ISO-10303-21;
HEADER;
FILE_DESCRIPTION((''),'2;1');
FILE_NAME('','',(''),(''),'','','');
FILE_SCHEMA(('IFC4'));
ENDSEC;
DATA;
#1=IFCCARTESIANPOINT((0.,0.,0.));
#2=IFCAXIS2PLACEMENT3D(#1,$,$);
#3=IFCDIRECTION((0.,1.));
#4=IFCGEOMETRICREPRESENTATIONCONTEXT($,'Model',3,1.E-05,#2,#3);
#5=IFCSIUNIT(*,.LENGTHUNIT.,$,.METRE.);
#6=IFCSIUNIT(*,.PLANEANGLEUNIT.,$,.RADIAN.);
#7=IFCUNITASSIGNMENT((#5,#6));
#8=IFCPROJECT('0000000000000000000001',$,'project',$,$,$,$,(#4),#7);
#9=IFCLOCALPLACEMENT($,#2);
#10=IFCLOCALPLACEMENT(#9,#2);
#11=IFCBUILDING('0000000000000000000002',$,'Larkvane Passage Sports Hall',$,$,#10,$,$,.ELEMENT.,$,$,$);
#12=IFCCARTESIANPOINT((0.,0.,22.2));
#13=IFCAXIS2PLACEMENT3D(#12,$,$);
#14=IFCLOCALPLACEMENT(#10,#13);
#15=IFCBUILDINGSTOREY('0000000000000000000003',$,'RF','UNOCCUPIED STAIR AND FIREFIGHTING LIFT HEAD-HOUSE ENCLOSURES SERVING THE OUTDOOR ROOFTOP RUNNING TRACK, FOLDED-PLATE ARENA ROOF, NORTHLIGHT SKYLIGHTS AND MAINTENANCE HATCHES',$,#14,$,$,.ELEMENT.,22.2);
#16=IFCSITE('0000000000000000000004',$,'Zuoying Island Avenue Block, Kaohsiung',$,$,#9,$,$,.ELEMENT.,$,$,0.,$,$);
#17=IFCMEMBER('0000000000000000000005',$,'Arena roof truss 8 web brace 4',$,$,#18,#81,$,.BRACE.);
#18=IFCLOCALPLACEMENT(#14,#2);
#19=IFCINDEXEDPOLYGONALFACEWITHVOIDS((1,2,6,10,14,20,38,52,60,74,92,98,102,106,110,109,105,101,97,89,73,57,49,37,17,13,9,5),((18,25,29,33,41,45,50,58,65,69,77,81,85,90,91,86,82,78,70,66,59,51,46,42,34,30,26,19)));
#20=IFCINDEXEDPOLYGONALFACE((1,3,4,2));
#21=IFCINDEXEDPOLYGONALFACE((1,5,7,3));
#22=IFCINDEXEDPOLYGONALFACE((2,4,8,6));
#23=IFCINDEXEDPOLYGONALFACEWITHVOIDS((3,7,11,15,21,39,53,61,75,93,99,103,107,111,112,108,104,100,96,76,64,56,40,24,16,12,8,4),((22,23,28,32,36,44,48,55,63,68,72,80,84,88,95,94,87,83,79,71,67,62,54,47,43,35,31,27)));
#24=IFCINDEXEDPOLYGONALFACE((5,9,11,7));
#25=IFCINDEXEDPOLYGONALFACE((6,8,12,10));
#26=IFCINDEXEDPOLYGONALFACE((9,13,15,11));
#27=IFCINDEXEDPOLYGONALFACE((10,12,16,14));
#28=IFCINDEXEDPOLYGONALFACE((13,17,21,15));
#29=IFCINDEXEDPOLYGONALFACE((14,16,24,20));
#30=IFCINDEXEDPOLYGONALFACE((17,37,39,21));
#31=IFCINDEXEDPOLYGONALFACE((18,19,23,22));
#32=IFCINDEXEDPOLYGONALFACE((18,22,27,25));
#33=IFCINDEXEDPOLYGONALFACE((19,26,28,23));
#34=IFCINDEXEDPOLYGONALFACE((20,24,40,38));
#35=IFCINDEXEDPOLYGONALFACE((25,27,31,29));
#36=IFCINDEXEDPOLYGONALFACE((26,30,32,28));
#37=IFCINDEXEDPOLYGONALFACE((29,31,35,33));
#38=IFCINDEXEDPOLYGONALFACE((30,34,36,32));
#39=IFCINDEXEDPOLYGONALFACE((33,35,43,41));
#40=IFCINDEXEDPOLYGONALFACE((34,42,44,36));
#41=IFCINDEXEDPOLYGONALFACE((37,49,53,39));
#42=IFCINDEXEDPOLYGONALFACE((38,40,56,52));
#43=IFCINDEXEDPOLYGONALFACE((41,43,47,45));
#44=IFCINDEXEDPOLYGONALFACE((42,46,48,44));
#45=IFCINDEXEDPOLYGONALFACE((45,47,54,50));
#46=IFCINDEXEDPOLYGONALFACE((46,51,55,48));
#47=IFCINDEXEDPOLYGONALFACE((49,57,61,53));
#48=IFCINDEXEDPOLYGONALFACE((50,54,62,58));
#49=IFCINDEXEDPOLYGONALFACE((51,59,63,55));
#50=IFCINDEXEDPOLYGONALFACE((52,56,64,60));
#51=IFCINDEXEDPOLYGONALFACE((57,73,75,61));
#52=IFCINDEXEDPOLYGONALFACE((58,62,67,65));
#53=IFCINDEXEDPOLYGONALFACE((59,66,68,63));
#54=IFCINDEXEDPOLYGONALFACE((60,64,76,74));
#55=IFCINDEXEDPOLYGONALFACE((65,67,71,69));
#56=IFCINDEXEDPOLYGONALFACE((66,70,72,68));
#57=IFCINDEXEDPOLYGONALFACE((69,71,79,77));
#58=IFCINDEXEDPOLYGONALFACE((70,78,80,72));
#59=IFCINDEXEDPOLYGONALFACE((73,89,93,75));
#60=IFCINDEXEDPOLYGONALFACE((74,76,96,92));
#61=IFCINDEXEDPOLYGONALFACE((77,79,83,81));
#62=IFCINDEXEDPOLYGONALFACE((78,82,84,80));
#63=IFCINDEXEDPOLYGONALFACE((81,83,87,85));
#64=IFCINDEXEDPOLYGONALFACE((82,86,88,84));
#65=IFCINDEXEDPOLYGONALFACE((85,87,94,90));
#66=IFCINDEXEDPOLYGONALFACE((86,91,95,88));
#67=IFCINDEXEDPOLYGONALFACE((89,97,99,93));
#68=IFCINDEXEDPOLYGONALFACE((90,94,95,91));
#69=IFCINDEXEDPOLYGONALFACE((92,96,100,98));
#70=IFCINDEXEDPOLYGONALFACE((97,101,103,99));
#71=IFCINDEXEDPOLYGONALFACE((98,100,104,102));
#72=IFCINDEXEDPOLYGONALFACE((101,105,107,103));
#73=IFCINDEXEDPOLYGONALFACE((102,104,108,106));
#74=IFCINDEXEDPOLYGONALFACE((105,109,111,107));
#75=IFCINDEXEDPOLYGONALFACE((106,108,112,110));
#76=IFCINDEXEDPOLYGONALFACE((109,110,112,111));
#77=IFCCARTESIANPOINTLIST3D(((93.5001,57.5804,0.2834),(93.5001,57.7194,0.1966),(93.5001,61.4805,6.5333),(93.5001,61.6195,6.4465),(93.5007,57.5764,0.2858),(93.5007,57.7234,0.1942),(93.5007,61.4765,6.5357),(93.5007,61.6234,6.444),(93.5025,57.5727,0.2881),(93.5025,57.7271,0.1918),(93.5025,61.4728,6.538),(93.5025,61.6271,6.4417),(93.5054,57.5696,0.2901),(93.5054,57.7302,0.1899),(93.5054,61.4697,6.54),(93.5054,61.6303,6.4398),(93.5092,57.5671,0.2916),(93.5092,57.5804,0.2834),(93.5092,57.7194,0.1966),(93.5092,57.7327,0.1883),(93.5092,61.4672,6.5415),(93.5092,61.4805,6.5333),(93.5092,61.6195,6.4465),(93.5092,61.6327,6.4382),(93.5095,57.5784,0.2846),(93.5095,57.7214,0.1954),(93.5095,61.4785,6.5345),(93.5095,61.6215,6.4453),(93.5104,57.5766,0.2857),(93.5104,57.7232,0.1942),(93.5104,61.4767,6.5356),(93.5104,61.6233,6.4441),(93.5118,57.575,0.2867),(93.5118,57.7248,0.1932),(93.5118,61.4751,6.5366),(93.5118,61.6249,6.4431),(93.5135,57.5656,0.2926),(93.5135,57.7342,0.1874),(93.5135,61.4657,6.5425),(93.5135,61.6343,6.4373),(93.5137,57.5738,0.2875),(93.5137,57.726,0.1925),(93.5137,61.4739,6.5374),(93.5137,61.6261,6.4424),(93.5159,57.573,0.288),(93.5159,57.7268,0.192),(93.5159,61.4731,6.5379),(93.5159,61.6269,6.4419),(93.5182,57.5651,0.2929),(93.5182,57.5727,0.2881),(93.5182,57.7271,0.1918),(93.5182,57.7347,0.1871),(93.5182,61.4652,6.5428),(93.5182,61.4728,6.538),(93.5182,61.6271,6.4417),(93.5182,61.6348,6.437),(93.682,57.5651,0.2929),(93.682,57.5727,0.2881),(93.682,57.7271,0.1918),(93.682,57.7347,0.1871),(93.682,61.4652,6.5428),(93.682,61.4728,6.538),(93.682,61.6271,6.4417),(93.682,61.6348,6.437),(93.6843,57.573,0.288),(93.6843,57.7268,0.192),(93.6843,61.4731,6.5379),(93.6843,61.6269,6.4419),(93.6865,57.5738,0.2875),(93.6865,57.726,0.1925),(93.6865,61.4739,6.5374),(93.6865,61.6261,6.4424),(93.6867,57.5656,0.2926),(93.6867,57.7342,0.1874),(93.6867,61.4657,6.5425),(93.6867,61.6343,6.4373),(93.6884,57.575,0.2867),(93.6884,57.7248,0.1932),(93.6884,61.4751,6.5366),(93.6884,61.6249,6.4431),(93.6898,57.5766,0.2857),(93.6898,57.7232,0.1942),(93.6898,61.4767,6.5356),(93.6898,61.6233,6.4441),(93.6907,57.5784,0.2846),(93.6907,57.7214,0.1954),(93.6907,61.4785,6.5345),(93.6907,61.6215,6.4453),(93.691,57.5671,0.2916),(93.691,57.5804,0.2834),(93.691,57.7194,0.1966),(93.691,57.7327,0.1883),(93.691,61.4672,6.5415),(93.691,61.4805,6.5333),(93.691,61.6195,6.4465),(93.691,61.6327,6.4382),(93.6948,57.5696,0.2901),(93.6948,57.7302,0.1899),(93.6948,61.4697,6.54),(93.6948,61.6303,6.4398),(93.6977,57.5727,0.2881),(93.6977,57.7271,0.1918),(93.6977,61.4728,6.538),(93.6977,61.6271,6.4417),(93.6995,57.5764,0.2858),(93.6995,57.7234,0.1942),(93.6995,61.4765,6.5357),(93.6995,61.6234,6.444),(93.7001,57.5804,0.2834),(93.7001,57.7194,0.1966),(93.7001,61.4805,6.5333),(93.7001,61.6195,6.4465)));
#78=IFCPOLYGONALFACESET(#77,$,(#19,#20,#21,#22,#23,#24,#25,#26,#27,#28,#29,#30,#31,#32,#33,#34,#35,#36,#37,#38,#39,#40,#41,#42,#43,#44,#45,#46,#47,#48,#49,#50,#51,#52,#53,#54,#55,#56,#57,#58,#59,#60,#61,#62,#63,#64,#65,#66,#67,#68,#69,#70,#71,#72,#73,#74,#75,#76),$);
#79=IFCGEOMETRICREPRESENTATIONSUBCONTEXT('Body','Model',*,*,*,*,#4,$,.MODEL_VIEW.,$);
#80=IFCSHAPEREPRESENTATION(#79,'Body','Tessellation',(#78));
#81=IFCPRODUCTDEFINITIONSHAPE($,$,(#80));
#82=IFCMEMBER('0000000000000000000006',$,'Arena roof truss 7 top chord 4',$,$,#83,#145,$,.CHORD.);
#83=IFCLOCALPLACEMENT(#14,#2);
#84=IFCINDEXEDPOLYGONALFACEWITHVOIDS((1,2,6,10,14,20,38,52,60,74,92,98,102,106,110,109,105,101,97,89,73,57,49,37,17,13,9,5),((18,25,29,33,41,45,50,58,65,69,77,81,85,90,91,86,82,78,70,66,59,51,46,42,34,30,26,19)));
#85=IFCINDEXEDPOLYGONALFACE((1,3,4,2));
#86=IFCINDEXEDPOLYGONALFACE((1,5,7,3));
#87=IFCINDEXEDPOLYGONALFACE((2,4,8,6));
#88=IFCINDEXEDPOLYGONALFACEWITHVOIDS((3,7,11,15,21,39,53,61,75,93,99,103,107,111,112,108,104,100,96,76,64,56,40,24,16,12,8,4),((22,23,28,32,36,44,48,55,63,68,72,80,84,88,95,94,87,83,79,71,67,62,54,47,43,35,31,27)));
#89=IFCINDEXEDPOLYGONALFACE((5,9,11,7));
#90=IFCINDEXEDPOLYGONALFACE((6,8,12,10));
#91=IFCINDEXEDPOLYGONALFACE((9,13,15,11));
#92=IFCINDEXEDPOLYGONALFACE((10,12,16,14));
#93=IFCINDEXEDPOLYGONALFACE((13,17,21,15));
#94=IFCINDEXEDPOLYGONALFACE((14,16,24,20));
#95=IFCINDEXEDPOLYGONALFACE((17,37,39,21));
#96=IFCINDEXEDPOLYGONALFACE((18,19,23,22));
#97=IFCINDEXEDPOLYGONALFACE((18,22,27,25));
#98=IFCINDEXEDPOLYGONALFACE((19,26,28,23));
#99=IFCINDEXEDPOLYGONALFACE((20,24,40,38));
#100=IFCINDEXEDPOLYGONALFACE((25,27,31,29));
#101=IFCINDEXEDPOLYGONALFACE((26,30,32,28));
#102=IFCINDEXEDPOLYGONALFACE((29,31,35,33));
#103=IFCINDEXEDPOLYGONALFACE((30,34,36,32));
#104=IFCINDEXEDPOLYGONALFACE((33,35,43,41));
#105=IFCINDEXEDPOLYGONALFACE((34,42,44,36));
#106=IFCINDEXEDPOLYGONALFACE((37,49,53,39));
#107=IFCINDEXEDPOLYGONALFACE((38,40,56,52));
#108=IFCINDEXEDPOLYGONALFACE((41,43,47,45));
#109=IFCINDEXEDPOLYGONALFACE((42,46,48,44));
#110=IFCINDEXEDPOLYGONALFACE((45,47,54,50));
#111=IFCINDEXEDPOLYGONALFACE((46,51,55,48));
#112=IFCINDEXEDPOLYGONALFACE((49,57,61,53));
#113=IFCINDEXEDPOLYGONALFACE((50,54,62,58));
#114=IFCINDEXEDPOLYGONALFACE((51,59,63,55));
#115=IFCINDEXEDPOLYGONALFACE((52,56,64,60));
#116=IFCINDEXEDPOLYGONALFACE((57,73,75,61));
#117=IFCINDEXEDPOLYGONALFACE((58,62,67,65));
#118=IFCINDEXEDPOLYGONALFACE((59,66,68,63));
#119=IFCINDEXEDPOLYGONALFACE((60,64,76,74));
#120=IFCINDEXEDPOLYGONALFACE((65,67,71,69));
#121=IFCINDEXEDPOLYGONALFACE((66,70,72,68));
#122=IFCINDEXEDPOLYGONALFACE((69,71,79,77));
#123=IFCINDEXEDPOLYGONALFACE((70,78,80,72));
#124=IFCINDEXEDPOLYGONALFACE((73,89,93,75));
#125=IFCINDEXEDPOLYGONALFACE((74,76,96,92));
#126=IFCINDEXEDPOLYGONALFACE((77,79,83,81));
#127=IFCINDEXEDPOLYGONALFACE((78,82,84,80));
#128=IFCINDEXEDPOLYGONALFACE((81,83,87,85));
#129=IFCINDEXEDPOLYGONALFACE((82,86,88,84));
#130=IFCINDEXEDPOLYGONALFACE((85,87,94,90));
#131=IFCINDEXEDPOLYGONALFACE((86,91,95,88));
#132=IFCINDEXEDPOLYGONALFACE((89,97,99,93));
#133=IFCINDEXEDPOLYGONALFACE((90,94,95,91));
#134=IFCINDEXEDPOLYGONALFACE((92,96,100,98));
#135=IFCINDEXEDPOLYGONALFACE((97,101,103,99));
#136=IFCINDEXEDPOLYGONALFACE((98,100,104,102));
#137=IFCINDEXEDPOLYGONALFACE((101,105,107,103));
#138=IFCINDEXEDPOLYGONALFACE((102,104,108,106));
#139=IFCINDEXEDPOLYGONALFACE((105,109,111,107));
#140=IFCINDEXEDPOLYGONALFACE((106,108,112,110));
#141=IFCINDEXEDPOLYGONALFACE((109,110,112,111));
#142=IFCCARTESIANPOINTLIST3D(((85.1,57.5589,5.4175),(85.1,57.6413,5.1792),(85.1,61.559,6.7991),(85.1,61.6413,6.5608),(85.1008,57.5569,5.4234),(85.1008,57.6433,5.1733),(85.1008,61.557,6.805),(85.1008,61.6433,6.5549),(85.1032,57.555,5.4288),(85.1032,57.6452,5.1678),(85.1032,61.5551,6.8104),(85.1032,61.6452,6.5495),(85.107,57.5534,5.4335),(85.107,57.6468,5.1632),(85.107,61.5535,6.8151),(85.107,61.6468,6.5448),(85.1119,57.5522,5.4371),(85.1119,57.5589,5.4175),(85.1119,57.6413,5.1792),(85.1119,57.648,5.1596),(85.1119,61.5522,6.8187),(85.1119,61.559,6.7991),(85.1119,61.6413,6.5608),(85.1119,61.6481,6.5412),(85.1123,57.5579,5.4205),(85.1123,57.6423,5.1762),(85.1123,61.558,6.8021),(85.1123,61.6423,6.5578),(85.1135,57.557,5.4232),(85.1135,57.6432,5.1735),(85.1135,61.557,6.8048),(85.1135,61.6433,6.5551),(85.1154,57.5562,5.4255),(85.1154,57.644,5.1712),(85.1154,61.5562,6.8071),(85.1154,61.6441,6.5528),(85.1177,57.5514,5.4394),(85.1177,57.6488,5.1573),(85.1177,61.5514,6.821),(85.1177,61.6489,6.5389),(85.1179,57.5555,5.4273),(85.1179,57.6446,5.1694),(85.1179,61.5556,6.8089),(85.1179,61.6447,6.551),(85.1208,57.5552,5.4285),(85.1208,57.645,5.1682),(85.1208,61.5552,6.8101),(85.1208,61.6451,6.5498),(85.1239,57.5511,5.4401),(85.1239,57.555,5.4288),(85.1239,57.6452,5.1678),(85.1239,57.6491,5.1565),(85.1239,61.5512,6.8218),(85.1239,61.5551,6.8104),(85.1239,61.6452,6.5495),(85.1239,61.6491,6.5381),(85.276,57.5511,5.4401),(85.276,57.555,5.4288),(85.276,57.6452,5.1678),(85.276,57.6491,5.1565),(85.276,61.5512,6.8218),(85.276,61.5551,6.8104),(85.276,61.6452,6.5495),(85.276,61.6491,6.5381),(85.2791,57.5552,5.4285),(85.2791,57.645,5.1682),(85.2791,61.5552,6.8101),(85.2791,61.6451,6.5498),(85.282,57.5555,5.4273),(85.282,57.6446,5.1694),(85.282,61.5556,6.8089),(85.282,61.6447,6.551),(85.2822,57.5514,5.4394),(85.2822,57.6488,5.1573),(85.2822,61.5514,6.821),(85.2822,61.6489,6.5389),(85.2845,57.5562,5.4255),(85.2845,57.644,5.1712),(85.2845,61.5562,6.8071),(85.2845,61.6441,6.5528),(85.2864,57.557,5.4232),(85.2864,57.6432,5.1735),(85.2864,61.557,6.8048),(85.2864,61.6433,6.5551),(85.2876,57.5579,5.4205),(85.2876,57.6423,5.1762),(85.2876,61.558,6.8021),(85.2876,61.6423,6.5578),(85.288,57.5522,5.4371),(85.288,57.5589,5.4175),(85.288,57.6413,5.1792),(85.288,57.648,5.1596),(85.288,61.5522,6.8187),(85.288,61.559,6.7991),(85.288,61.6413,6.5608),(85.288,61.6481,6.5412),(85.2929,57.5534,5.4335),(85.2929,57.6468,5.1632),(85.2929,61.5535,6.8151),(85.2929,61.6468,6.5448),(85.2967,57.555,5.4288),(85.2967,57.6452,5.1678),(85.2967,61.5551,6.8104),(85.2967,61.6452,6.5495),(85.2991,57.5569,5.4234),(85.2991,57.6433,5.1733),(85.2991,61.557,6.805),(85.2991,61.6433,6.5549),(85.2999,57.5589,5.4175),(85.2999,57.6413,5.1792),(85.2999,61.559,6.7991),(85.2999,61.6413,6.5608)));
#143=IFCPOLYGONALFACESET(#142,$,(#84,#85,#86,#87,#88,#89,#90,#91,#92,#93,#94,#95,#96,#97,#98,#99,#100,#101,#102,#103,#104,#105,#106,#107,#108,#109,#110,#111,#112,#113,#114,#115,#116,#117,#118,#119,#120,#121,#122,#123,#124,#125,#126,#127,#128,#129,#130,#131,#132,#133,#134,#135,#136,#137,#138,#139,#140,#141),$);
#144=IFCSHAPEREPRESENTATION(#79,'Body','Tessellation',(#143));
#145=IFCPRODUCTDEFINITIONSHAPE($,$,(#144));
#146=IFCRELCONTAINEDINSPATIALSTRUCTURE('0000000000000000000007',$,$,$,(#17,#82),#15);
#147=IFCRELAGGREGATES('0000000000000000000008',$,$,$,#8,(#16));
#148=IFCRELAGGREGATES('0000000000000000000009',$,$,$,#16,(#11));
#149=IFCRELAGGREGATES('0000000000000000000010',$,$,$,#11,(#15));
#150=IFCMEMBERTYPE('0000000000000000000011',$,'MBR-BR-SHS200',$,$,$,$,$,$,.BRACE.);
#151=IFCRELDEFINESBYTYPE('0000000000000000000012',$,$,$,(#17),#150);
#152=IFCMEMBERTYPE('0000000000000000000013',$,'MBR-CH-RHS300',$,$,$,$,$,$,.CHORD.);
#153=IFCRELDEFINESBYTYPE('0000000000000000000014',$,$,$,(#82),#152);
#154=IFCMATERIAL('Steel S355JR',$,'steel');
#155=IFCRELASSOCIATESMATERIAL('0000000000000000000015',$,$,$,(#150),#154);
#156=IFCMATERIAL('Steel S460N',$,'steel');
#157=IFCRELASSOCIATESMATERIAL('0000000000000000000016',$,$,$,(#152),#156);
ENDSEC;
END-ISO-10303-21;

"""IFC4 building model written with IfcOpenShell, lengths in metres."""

from ifc_helpers import new_model, si_unit, direction, frame, origin, origin_2d, place, context, subcontext, project, spatial, hollow_rectangle, extrude, material, material_profile, profile_set, type_object, element, save


model = new_model("IFC4")

# Units and contexts
model_context = context("Model", 3, precision=1e-05, world=origin(), true_north=direction((0.0, 1.0)))
body_context = subcontext(model_context, "Body", "Model", "MODEL_VIEW")
ifc_project = project(units=[si_unit("LENGTHUNIT", "METRE"), si_unit("PLANEANGLEUNIT", "RADIAN")], contexts=[model_context])

# Site, building, storey
site_placement = place(None, origin())
site = spatial("IfcSite", under=ifc_project, at=site_placement, Name="Zuoying Island Avenue Block, Kaohsiung", CompositionType="ELEMENT", RefElevation=0.0)
building_placement = place(site_placement, origin())
building = spatial("IfcBuilding", under=site, at=building_placement, Name="Larkvane Passage Sports Hall", CompositionType="ELEMENT")
storey_placement = place(building_placement, frame((0.0, 0.0, 22.2)))
storey = spatial("IfcBuildingStorey", under=building, at=storey_placement, Name="RF", Description="UNOCCUPIED STAIR AND FIREFIGHTING LIFT HEAD-HOUSE ENCLOSURES SERVING THE OUTDOOR ROOFTOP RUNNING TRACK, FOLDED-PLATE ARENA ROOF, NORTHLIGHT SKYLIGHTS AND MAINTENANCE HATCHES", CompositionType="ELEMENT", Elevation=22.2)

# Members
ifc_material_1 = material(Name="Steel S460N", Category="steel")
ifc_material_2 = material(Name="Steel S355JR", Category="steel")
ifc_material_profile_1 = material_profile(ifc_material_2, hollow_rectangle(XDim=0.2, YDim=0.2, WallThickness=0.009, InnerFilletRadius=0.009, OuterFilletRadius=0.0181, at=origin_2d()), Name="SHS-200x200x9")
ifc_profile_set_1 = profile_set([ifc_material_profile_1], Name="Steel S355JR")
member_type_1 = type_object("IfcMemberType", Name="MBR-BR-SHS200", PredefinedType="BRACE", material=ifc_profile_set_1)
member_1_placement = place(storey_placement, frame((93.6001, 57.6499, 0.24), z_axis=(0.0, 0.529403, 0.84837), x_axis=(-1.0, 0.0, 0.0)))
element("IfcMember", 1, at=member_1_placement, inside=storey, type_object=member_type_1, Name="Arena roof truss 8 web brace 4", PredefinedType="BRACE", context=body_context, shape_type="SweptSolid", body=[
    extrude(hollow_rectangle(XDim=0.2, YDim=0.2, WallThickness=0.009, InnerFilletRadius=0.009, OuterFilletRadius=0.0181, at=origin_2d()), origin(), (0.0, 0.0, 1.0), 7.3669),
])
ifc_material_profile_2 = material_profile(ifc_material_1, hollow_rectangle(XDim=0.2, YDim=0.3, WallThickness=0.012, InnerFilletRadius=0.012, OuterFilletRadius=0.0239, at=origin_2d()), Name="RHS-300x200x12")
ifc_profile_set_2 = profile_set([ifc_material_profile_2], Name="Steel S460N")
member_type_2 = type_object("IfcMemberType", Name="MBR-CH-RHS300", PredefinedType="CHORD", material=ifc_profile_set_2)
member_2_placement = place(storey_placement, frame((85.2, 57.6001, 5.2983), z_axis=(0.0, 0.945207, 0.326472), x_axis=(-1.0, 0.0, 0.0)))
element("IfcMember", 2, at=member_2_placement, inside=storey, type_object=member_type_2, Name="Arena roof truss 7 top chord 4", PredefinedType="CHORD", context=body_context, shape_type="SweptSolid", body=[
    extrude(hollow_rectangle(XDim=0.2, YDim=0.3, WallThickness=0.012, InnerFilletRadius=0.012, OuterFilletRadius=0.0239, at=origin_2d()), origin(), (0.0, 0.0, 1.0), 4.2319),
])

save(model, "model.ifc")
